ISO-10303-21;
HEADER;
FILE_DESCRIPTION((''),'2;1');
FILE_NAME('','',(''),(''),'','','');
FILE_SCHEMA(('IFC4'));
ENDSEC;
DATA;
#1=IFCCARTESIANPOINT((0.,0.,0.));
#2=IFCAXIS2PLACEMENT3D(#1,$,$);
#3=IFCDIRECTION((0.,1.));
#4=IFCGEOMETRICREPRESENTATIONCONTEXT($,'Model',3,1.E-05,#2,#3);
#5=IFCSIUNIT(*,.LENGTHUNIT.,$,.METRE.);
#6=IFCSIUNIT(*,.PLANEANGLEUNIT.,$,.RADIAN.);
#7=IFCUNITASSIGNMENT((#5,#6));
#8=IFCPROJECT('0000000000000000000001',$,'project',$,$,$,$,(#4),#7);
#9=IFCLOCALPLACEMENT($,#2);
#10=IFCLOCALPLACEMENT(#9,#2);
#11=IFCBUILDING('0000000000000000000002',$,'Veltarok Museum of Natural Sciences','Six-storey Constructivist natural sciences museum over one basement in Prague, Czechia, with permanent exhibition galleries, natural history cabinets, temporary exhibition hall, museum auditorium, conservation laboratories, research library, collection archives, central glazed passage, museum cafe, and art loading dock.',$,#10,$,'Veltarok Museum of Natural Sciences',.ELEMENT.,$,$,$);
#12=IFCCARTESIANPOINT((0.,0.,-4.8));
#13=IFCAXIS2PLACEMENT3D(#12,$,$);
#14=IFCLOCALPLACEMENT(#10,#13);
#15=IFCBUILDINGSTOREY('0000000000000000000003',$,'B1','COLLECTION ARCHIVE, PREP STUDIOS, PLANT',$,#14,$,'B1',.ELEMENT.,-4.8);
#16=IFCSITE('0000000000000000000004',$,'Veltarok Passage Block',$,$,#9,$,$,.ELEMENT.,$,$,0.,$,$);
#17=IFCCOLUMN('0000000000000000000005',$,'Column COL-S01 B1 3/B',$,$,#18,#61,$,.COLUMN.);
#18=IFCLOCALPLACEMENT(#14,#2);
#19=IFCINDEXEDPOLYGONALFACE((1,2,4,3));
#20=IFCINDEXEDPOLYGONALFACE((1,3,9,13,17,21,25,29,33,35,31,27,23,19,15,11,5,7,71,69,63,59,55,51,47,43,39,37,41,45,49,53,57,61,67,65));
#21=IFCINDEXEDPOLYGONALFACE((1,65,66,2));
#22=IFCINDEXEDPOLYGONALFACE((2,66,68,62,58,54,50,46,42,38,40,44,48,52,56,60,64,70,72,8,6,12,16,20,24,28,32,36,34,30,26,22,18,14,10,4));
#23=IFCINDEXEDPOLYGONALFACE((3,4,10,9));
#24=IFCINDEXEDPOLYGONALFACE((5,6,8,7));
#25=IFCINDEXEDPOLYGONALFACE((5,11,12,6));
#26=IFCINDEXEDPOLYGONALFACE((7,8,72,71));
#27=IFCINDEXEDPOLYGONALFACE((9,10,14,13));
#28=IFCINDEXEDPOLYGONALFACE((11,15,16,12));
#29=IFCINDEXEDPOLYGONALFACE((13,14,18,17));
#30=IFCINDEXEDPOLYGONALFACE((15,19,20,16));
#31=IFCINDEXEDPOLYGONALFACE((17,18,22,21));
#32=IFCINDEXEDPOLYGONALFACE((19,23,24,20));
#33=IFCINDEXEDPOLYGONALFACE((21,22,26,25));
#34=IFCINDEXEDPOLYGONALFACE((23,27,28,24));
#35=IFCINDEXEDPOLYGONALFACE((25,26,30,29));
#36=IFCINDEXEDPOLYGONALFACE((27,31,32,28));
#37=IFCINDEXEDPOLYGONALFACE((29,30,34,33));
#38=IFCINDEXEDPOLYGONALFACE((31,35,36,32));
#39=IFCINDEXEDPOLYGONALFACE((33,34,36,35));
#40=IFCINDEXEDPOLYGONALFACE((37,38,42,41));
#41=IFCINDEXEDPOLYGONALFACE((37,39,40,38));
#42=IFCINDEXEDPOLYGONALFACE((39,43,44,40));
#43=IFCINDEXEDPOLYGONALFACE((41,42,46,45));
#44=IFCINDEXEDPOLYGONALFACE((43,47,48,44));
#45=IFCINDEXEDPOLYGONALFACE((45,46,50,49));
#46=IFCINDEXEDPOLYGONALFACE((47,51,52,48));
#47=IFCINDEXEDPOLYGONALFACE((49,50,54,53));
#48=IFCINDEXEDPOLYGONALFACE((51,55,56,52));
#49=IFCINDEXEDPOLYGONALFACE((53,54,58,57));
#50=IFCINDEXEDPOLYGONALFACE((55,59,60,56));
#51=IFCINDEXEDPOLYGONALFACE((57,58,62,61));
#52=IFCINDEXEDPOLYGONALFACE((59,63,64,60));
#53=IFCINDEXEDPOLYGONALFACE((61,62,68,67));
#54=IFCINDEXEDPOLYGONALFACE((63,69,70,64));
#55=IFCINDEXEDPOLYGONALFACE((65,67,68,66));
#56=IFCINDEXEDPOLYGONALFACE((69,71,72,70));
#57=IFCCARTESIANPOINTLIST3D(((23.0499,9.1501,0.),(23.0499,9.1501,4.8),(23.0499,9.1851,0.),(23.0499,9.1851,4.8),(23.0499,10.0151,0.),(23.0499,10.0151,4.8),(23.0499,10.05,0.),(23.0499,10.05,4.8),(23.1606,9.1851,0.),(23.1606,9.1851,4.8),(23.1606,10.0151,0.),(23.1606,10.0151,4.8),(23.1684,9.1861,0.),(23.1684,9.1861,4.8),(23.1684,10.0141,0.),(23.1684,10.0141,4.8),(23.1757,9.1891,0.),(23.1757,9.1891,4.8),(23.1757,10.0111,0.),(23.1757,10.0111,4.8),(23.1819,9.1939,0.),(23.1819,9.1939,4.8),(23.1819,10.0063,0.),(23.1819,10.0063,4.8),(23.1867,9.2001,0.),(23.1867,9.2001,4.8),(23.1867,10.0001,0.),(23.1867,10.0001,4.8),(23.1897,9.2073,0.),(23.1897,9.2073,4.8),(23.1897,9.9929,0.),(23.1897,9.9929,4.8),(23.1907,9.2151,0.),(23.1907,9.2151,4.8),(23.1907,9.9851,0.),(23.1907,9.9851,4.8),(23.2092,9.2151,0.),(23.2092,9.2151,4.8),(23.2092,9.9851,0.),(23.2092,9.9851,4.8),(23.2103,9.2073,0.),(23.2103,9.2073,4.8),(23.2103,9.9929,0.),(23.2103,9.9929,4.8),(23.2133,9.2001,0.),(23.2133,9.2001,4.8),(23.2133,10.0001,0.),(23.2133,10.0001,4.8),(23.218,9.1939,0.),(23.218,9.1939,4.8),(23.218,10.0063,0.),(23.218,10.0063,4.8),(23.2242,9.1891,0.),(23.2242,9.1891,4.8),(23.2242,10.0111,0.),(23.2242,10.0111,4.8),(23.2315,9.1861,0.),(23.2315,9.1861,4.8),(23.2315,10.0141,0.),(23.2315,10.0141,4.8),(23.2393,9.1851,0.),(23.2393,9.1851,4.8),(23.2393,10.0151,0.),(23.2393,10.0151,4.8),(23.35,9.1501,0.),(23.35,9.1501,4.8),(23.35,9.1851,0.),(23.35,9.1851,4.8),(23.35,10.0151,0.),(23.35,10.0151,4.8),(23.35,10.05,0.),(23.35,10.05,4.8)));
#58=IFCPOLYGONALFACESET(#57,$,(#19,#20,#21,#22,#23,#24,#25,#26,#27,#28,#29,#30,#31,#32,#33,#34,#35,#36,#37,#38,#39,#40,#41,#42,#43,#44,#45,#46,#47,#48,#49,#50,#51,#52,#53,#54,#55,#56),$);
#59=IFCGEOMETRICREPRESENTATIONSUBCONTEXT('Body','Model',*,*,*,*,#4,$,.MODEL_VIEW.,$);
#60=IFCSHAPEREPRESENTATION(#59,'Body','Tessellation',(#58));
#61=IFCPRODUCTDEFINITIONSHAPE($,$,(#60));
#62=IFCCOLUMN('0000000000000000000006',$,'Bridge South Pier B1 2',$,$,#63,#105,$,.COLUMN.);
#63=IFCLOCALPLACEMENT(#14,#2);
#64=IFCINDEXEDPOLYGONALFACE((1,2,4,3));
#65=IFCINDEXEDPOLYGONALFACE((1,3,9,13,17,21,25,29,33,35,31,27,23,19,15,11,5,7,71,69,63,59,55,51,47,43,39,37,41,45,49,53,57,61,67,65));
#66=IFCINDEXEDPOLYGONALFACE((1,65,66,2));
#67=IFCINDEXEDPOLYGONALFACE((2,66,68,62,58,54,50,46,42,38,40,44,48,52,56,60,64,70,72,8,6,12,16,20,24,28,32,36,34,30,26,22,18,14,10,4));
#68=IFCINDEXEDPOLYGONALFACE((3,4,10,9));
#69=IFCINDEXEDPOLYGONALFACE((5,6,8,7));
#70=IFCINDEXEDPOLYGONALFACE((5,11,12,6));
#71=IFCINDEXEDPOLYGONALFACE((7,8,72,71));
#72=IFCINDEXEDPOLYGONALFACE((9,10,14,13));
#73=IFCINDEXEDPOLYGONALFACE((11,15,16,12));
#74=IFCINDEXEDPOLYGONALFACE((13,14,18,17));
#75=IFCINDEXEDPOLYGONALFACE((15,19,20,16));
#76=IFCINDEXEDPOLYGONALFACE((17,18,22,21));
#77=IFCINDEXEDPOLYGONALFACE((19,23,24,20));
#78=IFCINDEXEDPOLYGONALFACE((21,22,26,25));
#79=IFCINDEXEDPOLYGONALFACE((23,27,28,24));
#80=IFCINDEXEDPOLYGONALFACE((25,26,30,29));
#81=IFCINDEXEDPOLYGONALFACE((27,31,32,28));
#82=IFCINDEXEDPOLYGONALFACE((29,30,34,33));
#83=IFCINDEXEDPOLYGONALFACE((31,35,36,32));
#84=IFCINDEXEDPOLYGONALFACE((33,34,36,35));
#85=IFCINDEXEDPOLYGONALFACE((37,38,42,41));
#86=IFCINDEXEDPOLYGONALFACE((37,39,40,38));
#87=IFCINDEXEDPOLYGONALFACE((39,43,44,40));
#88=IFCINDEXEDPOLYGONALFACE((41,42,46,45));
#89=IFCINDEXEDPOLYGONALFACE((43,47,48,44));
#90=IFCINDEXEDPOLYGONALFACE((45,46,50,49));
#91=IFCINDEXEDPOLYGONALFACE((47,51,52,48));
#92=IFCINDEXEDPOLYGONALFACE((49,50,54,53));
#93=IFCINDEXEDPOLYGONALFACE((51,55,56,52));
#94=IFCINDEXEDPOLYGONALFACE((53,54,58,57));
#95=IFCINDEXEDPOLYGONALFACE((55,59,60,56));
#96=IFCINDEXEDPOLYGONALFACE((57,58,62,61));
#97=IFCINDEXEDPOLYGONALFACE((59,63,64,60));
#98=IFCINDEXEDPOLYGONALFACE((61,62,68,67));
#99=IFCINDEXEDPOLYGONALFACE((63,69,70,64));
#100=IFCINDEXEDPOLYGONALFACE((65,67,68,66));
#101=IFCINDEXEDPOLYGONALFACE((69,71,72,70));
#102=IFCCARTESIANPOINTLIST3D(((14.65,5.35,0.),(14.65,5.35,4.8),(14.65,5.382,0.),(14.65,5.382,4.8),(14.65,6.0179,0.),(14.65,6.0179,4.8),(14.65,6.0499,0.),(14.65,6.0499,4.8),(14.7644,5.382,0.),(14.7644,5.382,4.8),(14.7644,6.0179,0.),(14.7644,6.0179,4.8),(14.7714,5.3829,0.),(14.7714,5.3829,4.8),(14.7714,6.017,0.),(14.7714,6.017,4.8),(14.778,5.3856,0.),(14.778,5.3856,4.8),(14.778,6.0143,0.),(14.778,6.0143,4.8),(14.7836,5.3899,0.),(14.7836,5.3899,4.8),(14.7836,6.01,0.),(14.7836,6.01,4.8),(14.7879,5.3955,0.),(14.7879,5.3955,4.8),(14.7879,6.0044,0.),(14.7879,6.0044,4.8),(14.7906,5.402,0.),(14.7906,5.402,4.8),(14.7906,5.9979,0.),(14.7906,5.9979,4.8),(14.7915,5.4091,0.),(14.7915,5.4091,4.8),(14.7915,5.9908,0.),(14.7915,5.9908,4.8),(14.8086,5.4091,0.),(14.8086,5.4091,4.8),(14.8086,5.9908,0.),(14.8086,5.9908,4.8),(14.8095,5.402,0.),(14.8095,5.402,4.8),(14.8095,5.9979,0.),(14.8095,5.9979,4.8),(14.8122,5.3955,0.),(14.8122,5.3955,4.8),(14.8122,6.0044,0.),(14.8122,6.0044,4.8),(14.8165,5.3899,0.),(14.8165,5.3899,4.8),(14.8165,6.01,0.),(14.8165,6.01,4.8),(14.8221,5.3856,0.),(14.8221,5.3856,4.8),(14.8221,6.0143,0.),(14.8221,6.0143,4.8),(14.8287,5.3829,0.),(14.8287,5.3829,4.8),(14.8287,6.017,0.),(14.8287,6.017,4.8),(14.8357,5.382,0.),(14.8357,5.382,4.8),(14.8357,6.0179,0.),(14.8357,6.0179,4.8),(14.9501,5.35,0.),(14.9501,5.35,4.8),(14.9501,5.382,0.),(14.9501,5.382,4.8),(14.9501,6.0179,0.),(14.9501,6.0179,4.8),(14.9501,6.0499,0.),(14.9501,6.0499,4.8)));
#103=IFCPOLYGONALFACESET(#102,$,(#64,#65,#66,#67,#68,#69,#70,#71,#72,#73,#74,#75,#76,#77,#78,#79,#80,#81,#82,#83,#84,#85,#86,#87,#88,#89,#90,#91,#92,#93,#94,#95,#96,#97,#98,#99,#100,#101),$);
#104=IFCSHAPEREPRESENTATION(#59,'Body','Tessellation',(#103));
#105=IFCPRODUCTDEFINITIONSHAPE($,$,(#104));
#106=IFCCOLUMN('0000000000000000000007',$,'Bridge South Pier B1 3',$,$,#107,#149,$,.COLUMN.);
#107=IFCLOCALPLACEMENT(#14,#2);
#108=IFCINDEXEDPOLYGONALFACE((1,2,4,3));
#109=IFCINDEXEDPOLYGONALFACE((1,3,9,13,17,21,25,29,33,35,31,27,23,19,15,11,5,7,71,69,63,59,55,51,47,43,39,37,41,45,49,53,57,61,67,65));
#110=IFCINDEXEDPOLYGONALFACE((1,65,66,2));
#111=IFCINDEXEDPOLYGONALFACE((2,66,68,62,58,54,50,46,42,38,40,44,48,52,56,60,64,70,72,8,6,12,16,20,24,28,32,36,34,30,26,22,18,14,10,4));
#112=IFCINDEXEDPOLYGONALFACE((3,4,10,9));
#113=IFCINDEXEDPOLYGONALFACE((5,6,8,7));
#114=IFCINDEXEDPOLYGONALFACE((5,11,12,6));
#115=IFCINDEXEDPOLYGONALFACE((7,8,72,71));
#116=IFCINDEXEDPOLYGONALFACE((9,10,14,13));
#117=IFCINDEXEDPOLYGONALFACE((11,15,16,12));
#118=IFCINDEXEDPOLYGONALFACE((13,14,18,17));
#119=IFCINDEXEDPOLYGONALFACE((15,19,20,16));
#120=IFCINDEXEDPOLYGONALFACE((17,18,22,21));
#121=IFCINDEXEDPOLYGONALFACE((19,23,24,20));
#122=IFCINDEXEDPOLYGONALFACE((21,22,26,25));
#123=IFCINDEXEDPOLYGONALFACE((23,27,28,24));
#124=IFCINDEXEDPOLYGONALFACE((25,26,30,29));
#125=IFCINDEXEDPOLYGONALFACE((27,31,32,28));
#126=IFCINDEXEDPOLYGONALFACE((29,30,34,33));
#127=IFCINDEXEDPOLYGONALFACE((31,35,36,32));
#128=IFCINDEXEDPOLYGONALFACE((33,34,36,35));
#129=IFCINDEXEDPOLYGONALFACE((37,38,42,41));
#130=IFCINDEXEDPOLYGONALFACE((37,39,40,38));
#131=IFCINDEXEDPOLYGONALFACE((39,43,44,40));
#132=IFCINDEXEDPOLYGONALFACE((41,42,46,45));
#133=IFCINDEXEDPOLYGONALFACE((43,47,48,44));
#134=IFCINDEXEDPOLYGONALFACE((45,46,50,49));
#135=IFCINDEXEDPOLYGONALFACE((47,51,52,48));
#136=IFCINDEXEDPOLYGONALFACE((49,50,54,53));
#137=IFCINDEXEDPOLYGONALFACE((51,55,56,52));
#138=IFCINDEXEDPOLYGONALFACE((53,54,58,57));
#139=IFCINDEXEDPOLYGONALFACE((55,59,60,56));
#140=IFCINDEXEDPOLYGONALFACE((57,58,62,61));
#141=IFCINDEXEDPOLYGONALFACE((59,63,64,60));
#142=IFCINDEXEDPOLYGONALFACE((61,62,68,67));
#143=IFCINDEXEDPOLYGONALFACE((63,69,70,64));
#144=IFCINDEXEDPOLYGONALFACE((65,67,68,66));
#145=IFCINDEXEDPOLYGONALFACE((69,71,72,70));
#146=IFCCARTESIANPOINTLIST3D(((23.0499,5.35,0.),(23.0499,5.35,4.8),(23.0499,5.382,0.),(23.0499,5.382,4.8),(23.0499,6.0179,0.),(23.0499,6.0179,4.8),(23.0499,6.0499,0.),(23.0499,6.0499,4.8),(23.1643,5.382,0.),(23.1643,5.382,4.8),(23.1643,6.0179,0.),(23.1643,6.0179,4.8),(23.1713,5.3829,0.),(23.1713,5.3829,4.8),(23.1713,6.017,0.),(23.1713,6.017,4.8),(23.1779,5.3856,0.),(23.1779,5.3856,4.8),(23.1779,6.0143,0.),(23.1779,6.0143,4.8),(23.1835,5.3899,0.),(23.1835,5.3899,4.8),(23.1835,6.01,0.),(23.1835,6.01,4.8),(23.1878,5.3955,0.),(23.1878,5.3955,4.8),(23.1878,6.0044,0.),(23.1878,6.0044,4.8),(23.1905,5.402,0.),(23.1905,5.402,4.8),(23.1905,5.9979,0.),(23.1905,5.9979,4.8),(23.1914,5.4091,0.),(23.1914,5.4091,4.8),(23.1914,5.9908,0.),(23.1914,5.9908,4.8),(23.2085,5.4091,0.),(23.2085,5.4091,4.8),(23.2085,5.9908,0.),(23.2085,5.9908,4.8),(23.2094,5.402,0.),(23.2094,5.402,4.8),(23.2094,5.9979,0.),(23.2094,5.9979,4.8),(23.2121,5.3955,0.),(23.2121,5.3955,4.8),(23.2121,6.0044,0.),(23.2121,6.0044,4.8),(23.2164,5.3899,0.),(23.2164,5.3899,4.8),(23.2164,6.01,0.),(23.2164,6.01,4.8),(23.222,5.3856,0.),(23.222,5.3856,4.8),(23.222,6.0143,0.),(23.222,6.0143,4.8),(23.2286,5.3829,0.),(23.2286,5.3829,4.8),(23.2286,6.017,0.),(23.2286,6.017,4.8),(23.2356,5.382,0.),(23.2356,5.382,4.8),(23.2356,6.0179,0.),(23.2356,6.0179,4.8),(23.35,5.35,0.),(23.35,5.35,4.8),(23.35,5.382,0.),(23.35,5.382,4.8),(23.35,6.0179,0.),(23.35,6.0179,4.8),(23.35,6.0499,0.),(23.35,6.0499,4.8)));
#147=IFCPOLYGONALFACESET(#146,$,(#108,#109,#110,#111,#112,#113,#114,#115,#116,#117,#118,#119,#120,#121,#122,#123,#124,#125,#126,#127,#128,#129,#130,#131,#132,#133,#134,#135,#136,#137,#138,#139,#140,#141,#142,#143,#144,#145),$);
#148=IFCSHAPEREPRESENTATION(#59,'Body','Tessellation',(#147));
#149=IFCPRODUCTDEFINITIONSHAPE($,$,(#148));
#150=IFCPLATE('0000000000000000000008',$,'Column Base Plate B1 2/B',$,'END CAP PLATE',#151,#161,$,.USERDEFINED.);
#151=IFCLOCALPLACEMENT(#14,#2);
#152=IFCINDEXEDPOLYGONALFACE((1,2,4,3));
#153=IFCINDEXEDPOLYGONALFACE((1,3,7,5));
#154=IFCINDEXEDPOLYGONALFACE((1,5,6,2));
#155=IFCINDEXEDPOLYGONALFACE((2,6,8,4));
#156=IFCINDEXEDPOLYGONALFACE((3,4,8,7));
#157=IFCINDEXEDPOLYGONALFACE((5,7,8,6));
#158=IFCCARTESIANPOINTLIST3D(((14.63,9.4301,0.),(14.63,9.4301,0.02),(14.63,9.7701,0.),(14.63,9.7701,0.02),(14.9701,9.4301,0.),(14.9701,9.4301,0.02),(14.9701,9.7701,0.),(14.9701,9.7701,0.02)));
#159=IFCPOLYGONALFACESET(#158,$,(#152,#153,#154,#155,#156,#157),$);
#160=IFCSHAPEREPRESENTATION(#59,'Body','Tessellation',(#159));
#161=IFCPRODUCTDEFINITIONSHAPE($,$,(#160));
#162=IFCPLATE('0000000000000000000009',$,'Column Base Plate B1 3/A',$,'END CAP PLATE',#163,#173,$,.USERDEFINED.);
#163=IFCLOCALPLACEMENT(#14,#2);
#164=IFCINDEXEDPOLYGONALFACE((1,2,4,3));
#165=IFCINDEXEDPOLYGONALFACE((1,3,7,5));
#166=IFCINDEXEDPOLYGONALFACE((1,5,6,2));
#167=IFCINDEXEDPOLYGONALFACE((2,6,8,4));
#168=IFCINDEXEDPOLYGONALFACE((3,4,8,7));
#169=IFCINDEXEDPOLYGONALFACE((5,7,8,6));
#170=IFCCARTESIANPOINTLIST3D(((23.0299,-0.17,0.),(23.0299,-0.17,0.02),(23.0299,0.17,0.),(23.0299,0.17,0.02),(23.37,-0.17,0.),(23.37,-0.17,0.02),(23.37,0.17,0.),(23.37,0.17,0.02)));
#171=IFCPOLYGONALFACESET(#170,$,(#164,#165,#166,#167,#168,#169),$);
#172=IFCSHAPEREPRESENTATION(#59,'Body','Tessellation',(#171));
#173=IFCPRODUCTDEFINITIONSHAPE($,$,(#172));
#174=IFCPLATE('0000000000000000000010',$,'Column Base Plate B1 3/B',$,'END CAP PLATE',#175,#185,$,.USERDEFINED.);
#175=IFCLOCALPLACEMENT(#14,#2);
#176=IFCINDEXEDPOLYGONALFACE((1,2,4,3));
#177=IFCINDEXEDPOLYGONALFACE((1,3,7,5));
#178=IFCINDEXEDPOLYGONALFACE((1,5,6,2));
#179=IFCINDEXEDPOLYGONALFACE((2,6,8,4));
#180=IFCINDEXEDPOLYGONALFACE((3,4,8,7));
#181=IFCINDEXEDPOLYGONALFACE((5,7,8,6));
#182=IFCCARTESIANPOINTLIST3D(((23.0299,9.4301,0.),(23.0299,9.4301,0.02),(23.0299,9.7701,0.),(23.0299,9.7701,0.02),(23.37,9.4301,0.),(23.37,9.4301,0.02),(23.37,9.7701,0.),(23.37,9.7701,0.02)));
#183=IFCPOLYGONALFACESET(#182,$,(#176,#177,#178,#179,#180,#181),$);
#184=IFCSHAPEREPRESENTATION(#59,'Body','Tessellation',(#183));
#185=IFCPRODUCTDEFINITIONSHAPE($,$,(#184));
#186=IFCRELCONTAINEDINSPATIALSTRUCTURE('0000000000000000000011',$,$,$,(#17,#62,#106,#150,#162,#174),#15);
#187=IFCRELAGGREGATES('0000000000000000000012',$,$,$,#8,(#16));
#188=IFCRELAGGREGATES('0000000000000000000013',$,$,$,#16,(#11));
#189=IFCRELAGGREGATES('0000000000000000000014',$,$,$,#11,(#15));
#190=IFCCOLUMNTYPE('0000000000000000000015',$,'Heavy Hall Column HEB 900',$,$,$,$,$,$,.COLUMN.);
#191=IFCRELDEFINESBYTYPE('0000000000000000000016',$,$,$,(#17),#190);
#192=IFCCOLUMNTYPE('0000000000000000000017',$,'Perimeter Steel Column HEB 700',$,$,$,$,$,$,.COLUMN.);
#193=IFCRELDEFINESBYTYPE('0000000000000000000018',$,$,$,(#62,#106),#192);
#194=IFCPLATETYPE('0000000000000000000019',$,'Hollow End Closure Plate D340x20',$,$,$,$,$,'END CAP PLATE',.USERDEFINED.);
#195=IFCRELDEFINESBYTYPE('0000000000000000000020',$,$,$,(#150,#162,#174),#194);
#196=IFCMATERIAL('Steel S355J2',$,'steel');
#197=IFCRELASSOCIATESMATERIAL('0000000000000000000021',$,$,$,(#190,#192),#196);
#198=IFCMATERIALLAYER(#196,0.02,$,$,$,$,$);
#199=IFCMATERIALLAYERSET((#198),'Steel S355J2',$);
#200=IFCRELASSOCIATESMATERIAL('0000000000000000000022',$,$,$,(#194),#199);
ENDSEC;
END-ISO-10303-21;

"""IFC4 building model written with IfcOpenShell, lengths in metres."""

from ifc_helpers import new_model, si_unit, direction, frame, origin, origin_2d, place, context, subcontext, project, spatial, rectangle, i_section, extrude, material, layer, layer_set, material_profile, profile_set, type_object, element, save


model = new_model("IFC4")

# Units and contexts
model_context = context("Model", 3, precision=1e-05, world=origin(), true_north=direction((0.0, 1.0)))
body_context = subcontext(model_context, "Body", "Model", "MODEL_VIEW")
ifc_project = project(units=[si_unit("LENGTHUNIT", "METRE"), si_unit("PLANEANGLEUNIT", "RADIAN")], contexts=[model_context])

# Site, building, storey
site_placement = place(None, origin())
site = spatial("IfcSite", under=ifc_project, at=site_placement, Name="Veltarok Passage Block", CompositionType="ELEMENT", RefElevation=0.0)
building_placement = place(site_placement, origin())
building = spatial("IfcBuilding", under=site, at=building_placement, Name="Veltarok Museum of Natural Sciences", Description="Six-storey Constructivist natural sciences museum over one basement in Prague, Czechia, with permanent exhibition galleries, natural history cabinets, temporary exhibition hall, museum auditorium, conservation laboratories, research library, collection archives, central glazed passage, museum cafe, and art loading dock.", LongName="Veltarok Museum of Natural Sciences", CompositionType="ELEMENT")
storey_placement = place(building_placement, frame((0.0, 0.0, -4.8)))
storey = spatial("IfcBuildingStorey", under=building, at=storey_placement, Name="B1", Description="COLLECTION ARCHIVE, PREP STUDIOS, PLANT", LongName="B1", CompositionType="ELEMENT", Elevation=-4.8)

# Columns
ifc_material_1 = material(Name="Steel S355J2", Category="steel")
ifc_material_profile_1 = material_profile(ifc_material_1, i_section(OverallWidth=0.3, OverallDepth=0.8999, WebThickness=0.0186, FlangeThickness=0.0349, FilletRadius=0.03, at=origin_2d()), Name="HEB 900")
ifc_profile_set_1 = profile_set([ifc_material_profile_1], Name="Steel S355J2")
column_type_1 = type_object("IfcColumnType", Name="Heavy Hall Column HEB 900", PredefinedType="COLUMN", material=ifc_profile_set_1)
for number, where, z_axis, x_axis, name in (
    (1, (23.2, 9.6001, 0.0), (0.0, 0.0, 1.0), (1.0, 0.0, 0.0), "Column COL-S01 B1 3/B"),
):
    element("IfcColumn", number, at=place(storey_placement, frame(where, z_axis=z_axis, x_axis=x_axis)), inside=storey, type_object=column_type_1, Name=name, PredefinedType="COLUMN", context=body_context, shape_type="SweptSolid", body=[
        extrude(i_section(OverallWidth=0.3, OverallDepth=0.8999, WebThickness=0.0186, FlangeThickness=0.0349, FilletRadius=0.03, at=origin_2d()), origin(), (0.0, 0.0, 1.0), 4.8),
    ])
ifc_material_profile_2 = material_profile(ifc_material_1, i_section(OverallWidth=0.3, OverallDepth=0.7, WebThickness=0.0171, FlangeThickness=0.032, FilletRadius=0.0271, at=origin_2d()), Name="HEB 700")
ifc_profile_set_2 = profile_set([ifc_material_profile_2], Name="Steel S355J2")
column_type_2 = type_object("IfcColumnType", Name="Perimeter Steel Column HEB 700", PredefinedType="COLUMN", material=ifc_profile_set_2)
for number, where, z_axis, x_axis, name in (
    (2, (14.8, 5.7, 0.0), (0.0, 0.0, 1.0), (1.0, 0.0, 0.0), "Bridge South Pier B1 2"),
    (3, (23.2, 5.7, 0.0), (0.0, 0.0, 1.0), (1.0, 0.0, 0.0), "Bridge South Pier B1 3"),
):
    element("IfcColumn", number, at=place(storey_placement, frame(where, z_axis=z_axis, x_axis=x_axis)), inside=storey, type_object=column_type_2, Name=name, PredefinedType="COLUMN", context=body_context, shape_type="SweptSolid", body=[
        extrude(i_section(OverallWidth=0.3, OverallDepth=0.7, WebThickness=0.0171, FlangeThickness=0.032, FilletRadius=0.0271, at=origin_2d()), origin(), (0.0, 0.0, 1.0), 4.8),
    ])

# Plates
ifc_layer = layer(ifc_material_1, 0.02)
ifc_layer_set = layer_set([ifc_layer], Name="Steel S355J2")
plate_type = type_object("IfcPlateType", Name="Hollow End Closure Plate D340x20", ElementType="END CAP PLATE", PredefinedType="USERDEFINED", material=ifc_layer_set)
for number, where, z_axis, x_axis, name in (
    (4, (14.8, 9.6001, 0.0), (0.0, 0.0, 1.0), (1.0, 0.0, 0.0), "Column Base Plate B1 2/B"),
    (5, (23.2, 0.0, 0.0), (0.0, 0.0, 1.0), (1.0, 0.0, 0.0), "Column Base Plate B1 3/A"),
    (6, (23.2, 9.6001, 0.0), (0.0, 0.0, 1.0), (1.0, 0.0, 0.0), "Column Base Plate B1 3/B"),
):
    element("IfcPlate", number, at=place(storey_placement, frame(where, z_axis=z_axis, x_axis=x_axis)), inside=storey, type_object=plate_type, Name=name, ObjectType="END CAP PLATE", PredefinedType="USERDEFINED", context=body_context, shape_type="SweptSolid", body=[
        extrude(rectangle(XDim=0.3401, YDim=0.3401, at=origin_2d()), origin(), (0.0, 0.0, 1.0), 0.02),
    ])

save(model, "model.ifc")
